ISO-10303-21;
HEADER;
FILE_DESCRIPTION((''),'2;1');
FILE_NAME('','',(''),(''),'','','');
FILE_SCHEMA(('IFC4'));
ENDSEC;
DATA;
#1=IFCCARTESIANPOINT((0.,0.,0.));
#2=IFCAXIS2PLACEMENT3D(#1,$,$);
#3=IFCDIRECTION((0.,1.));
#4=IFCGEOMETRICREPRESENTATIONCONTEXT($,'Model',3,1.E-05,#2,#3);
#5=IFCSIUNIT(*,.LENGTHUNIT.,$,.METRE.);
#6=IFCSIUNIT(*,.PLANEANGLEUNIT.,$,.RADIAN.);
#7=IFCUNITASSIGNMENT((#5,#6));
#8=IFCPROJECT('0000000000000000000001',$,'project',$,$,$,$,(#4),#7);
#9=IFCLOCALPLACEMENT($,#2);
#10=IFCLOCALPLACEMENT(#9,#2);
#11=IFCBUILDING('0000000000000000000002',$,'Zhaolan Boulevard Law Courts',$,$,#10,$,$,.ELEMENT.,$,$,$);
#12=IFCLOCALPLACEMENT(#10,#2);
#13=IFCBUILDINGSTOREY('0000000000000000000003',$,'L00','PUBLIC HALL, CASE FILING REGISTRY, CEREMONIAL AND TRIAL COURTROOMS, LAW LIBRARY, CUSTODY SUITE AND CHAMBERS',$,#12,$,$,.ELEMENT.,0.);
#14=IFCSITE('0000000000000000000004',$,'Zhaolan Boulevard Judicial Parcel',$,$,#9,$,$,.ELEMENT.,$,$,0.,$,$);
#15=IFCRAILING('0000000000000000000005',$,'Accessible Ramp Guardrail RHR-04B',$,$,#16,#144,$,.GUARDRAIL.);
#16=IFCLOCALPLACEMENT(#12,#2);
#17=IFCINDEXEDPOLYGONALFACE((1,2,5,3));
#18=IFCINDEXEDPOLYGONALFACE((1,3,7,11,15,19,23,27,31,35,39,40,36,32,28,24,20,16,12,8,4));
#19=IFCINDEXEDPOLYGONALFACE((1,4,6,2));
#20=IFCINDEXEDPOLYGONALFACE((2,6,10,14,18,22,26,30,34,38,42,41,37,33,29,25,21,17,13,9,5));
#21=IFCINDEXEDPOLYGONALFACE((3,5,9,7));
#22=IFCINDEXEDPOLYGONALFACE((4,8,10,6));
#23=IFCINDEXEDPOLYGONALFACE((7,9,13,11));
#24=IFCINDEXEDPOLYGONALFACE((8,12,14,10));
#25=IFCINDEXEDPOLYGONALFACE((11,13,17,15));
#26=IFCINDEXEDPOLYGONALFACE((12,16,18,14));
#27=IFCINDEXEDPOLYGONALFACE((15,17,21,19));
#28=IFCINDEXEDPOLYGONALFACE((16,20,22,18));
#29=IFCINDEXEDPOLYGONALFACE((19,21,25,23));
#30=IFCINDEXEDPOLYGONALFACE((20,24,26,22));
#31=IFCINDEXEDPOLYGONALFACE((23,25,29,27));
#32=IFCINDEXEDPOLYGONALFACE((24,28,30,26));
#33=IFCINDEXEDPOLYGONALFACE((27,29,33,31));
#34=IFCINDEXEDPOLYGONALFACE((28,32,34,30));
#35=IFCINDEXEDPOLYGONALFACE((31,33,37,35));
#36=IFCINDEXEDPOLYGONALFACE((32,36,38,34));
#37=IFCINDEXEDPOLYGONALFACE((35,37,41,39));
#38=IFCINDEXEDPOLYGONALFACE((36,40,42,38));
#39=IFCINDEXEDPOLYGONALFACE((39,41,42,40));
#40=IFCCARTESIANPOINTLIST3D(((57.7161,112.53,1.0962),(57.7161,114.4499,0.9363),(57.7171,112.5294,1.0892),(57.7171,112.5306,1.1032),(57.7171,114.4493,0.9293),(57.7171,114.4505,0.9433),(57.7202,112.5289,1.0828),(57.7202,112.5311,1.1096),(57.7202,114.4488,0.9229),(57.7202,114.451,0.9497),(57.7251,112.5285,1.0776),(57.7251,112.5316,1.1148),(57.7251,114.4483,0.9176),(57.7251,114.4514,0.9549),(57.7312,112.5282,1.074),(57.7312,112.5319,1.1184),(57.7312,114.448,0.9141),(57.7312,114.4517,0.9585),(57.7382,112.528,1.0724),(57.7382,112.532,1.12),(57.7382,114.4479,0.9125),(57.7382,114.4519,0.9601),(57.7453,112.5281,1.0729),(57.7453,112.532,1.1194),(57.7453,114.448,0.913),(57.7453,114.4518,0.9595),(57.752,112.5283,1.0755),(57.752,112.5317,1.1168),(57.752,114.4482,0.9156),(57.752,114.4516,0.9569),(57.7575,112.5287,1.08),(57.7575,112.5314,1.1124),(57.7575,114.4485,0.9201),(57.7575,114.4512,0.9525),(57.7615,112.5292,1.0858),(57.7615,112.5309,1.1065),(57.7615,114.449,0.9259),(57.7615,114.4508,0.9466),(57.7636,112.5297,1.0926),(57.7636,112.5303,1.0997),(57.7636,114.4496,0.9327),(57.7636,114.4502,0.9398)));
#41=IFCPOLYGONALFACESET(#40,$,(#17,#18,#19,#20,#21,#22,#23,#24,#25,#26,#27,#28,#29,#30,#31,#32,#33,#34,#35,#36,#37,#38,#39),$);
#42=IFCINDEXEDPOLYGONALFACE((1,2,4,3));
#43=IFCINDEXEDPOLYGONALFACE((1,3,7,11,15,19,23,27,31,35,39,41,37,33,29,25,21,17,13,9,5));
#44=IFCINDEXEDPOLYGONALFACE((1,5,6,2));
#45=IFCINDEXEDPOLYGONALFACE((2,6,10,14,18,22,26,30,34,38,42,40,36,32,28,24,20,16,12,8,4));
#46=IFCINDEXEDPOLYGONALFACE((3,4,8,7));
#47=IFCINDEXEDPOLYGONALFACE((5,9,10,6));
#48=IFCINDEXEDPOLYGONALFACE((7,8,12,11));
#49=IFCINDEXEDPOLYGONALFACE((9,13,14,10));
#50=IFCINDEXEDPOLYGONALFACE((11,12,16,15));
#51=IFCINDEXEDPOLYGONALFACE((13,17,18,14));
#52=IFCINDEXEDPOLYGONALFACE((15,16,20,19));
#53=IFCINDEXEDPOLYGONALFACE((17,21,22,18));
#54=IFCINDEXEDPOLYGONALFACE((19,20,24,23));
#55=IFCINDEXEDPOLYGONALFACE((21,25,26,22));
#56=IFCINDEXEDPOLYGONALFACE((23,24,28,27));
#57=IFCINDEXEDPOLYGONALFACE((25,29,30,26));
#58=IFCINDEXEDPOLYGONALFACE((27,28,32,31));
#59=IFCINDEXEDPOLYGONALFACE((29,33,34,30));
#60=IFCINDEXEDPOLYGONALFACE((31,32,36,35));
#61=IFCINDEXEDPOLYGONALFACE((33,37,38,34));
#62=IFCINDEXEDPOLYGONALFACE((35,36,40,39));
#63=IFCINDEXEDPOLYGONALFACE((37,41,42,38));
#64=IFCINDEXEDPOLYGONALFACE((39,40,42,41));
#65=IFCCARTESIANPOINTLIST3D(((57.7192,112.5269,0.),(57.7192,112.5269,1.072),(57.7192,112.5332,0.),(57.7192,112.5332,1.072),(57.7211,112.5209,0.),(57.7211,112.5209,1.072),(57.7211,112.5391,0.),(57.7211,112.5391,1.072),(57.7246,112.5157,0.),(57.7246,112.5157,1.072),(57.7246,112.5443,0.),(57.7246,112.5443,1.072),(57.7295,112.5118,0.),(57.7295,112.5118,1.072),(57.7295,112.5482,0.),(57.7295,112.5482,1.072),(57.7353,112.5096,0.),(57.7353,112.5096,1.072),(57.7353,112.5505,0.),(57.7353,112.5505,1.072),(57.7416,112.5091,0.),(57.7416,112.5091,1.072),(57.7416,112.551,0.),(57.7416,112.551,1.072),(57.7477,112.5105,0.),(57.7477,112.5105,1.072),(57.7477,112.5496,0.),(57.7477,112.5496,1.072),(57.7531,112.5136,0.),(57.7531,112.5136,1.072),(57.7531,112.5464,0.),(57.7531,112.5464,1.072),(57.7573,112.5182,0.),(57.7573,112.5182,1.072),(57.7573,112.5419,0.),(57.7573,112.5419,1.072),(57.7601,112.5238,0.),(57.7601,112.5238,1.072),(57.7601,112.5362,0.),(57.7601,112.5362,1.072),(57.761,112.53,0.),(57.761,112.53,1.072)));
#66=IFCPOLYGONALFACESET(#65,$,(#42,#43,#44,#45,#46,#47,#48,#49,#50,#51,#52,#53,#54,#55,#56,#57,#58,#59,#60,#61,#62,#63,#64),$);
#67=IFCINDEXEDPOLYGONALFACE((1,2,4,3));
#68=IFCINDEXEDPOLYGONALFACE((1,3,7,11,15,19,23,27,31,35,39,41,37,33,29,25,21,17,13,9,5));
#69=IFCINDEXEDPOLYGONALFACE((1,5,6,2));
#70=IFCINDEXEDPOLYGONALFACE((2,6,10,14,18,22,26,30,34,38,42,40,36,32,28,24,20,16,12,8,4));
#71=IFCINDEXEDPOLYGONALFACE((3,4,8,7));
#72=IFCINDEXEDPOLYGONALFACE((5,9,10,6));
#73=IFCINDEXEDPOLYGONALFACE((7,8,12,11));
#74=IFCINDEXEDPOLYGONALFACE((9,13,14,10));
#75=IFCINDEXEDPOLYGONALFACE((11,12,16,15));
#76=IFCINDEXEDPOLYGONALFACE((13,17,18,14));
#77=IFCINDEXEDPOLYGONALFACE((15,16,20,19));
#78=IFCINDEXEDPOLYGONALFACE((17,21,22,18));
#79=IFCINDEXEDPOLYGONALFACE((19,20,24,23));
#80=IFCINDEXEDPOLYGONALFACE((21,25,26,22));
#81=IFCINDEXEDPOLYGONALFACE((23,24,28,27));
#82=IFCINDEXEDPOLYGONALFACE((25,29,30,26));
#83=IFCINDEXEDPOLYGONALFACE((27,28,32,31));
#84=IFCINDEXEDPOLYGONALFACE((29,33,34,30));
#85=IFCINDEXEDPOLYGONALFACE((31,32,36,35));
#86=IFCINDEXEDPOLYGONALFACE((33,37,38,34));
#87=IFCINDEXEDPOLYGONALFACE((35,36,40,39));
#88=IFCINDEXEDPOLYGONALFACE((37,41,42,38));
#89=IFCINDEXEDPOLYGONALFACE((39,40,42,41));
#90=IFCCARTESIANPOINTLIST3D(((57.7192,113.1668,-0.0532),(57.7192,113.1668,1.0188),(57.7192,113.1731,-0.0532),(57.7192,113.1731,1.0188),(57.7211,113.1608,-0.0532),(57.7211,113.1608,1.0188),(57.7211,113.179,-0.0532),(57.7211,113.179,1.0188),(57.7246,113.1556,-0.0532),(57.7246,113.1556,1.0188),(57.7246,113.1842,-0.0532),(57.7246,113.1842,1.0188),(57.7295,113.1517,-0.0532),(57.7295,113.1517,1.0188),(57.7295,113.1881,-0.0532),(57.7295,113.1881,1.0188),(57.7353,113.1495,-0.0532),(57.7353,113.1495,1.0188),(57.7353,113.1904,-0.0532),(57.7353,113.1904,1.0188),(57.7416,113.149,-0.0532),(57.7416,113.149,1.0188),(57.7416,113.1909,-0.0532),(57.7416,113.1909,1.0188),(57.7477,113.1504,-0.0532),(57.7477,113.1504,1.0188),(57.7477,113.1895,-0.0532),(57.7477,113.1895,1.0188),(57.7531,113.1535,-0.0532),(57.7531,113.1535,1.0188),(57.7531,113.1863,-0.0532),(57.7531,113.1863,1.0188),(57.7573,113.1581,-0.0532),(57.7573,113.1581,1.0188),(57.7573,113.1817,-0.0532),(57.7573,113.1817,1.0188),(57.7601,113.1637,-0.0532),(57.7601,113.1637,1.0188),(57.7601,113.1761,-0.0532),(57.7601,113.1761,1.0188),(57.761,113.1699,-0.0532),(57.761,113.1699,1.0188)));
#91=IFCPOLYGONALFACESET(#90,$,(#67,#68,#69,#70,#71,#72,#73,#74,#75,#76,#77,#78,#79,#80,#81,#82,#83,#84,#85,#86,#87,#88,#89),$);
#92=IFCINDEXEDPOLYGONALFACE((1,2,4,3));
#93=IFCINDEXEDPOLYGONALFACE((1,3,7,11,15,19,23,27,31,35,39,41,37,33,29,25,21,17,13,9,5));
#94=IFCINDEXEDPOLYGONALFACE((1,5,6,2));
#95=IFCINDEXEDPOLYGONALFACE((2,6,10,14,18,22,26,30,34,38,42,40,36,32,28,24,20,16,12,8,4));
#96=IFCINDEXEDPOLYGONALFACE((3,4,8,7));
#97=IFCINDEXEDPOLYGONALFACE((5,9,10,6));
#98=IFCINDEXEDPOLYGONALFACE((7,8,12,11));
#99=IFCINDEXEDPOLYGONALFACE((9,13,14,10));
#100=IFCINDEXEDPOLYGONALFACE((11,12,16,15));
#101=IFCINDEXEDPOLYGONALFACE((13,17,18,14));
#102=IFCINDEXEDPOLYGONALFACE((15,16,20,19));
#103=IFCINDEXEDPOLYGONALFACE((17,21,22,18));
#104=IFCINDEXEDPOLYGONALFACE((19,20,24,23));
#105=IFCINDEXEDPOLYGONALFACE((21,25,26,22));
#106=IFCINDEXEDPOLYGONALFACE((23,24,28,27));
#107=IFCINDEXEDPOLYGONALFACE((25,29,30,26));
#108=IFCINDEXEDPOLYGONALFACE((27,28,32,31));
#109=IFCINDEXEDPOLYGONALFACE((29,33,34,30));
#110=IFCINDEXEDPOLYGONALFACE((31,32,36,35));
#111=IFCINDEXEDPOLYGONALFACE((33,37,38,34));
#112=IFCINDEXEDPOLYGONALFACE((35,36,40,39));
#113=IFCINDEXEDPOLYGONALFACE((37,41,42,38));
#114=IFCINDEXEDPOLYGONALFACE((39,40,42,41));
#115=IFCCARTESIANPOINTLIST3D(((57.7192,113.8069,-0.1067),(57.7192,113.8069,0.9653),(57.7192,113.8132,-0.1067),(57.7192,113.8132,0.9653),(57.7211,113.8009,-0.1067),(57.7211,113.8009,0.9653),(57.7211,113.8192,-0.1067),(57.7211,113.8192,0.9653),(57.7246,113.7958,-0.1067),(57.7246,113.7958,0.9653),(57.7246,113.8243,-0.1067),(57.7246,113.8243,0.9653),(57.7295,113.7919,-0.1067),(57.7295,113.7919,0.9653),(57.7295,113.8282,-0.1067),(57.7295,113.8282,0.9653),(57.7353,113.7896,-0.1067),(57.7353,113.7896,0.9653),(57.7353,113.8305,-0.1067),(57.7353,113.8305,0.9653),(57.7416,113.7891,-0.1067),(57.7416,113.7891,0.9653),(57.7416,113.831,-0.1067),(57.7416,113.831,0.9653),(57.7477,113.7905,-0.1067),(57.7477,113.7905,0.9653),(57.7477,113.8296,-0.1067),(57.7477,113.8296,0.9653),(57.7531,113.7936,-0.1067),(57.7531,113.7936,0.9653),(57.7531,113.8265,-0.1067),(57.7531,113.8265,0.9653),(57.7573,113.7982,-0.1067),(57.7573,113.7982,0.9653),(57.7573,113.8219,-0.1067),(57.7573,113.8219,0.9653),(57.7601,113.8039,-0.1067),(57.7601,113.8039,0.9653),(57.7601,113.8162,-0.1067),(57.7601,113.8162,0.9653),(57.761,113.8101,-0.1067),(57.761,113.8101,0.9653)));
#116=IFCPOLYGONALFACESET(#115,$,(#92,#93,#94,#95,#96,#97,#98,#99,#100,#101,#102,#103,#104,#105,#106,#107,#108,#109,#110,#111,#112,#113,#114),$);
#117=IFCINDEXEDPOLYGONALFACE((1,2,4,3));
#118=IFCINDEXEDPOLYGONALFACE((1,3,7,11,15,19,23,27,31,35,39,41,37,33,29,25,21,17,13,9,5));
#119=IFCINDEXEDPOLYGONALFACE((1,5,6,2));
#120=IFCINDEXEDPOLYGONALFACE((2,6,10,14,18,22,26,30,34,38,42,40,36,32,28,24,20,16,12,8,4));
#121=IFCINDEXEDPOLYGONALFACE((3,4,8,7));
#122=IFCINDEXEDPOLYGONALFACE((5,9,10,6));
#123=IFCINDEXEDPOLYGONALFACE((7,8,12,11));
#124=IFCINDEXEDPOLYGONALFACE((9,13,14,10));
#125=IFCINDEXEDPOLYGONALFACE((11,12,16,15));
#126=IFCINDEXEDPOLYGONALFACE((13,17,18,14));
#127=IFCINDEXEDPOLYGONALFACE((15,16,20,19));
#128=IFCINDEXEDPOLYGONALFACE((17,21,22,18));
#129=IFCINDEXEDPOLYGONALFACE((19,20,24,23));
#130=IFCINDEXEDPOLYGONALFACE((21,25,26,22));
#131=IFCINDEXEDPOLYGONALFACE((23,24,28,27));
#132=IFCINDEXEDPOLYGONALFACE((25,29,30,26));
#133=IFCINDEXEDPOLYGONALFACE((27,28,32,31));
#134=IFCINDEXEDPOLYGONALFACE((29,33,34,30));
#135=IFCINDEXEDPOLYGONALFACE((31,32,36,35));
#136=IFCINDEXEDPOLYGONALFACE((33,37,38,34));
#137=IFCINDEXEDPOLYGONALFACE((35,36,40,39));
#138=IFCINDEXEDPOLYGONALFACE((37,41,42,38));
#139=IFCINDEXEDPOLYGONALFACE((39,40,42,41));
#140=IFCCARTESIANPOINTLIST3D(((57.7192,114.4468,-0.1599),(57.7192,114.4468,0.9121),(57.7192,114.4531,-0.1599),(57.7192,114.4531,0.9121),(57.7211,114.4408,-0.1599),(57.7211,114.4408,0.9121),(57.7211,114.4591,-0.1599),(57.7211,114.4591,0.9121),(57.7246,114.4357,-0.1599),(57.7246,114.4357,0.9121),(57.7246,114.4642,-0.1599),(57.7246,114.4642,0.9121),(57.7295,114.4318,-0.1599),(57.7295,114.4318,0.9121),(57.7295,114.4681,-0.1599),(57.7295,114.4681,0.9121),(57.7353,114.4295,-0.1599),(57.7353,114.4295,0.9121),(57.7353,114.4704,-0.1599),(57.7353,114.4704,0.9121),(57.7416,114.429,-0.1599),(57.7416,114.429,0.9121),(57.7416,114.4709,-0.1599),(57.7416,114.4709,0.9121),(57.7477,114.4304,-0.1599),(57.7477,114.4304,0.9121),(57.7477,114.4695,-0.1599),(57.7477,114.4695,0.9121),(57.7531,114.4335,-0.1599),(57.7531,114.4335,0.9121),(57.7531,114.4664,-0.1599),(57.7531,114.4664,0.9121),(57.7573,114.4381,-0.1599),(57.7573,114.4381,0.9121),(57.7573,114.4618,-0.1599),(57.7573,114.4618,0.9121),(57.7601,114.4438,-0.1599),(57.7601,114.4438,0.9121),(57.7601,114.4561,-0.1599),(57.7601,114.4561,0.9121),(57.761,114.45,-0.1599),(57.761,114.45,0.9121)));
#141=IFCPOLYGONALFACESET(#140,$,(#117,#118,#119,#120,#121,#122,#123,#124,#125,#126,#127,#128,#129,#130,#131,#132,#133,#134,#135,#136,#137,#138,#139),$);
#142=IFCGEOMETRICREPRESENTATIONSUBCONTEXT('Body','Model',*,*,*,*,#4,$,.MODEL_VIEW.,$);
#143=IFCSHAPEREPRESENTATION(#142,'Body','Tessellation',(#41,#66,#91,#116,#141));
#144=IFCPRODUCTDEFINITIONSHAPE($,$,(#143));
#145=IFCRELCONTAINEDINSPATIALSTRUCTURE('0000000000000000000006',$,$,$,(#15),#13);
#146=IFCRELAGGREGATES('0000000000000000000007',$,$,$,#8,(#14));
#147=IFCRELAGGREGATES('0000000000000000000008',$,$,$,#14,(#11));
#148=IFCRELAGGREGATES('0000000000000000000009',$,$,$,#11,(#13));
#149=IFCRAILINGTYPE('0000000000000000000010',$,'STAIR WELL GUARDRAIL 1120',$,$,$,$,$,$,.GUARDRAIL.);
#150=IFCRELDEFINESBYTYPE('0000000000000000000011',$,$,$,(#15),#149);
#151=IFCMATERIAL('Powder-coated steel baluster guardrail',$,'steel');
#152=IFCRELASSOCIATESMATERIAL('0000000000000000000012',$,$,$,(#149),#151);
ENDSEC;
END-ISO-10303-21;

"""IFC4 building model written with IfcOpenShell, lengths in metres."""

from ifc_helpers import new_model, si_unit, direction, frame, origin, origin_2d, place, context, subcontext, project, spatial, circle, extrude, material, type_object, element, save


model = new_model("IFC4")

# Units and contexts
model_context = context("Model", 3, precision=1e-05, world=origin(), true_north=direction((0.0, 1.0)))
body_context = subcontext(model_context, "Body", "Model", "MODEL_VIEW")
ifc_project = project(units=[si_unit("LENGTHUNIT", "METRE"), si_unit("PLANEANGLEUNIT", "RADIAN")], contexts=[model_context])

# Site, building, storey
site_placement = place(None, origin())
site = spatial("IfcSite", under=ifc_project, at=site_placement, Name="Zhaolan Boulevard Judicial Parcel", CompositionType="ELEMENT", RefElevation=0.0)
building_placement = place(site_placement, origin())
building = spatial("IfcBuilding", under=site, at=building_placement, Name="Zhaolan Boulevard Law Courts", CompositionType="ELEMENT")
storey_placement = place(building_placement, origin())
storey = spatial("IfcBuildingStorey", under=building, at=storey_placement, Name="L00", Description="PUBLIC HALL, CASE FILING REGISTRY, CEREMONIAL AND TRIAL COURTROOMS, LAW LIBRARY, CUSTODY SUITE AND CHAMBERS", CompositionType="ELEMENT", Elevation=0.0)

# Railing
ifc_material_1 = material(Name="Powder-coated steel baluster guardrail", Category="steel")
railing_type = type_object("IfcRailingType", Name="STAIR WELL GUARDRAIL 1120", PredefinedType="GUARDRAIL", material=ifc_material_1)
for number, where, name in (
    (1, (57.74, 112.53, 0.0), "Accessible Ramp Guardrail RHR-04B"),
):
    element("IfcRailing", number, at=place(storey_placement, frame(where)), inside=storey, type_object=railing_type, Name=name, PredefinedType="GUARDRAIL", context=body_context, shape_type="SweptSolid", body=[
        extrude(circle(Radius=0.0239, at=origin_2d()), frame((0.0, 0.0, 1.0962), z_axis=(0.0, 0.996549, -0.083004), x_axis=(-1.0, 0.0, 0.0)), (0.0, 0.0, 1.0), 1.9265),
        extrude(circle(Radius=0.021, at=origin_2d()), origin(), (0.0, 0.0, 1.0), 1.072),
        extrude(circle(Radius=0.021, at=origin_2d()), frame((0.0, 0.6399, -0.0532)), (0.0, 0.0, 1.0), 1.072),
        extrude(circle(Radius=0.021, at=origin_2d()), frame((0.0, 1.28, -0.1067)), (0.0, 0.0, 1.0), 1.072),
        extrude(circle(Radius=0.021, at=origin_2d()), frame((0.0, 1.9199, -0.1599)), (0.0, 0.0, 1.0), 1.072),
    ])

save(model, "model.ifc")
